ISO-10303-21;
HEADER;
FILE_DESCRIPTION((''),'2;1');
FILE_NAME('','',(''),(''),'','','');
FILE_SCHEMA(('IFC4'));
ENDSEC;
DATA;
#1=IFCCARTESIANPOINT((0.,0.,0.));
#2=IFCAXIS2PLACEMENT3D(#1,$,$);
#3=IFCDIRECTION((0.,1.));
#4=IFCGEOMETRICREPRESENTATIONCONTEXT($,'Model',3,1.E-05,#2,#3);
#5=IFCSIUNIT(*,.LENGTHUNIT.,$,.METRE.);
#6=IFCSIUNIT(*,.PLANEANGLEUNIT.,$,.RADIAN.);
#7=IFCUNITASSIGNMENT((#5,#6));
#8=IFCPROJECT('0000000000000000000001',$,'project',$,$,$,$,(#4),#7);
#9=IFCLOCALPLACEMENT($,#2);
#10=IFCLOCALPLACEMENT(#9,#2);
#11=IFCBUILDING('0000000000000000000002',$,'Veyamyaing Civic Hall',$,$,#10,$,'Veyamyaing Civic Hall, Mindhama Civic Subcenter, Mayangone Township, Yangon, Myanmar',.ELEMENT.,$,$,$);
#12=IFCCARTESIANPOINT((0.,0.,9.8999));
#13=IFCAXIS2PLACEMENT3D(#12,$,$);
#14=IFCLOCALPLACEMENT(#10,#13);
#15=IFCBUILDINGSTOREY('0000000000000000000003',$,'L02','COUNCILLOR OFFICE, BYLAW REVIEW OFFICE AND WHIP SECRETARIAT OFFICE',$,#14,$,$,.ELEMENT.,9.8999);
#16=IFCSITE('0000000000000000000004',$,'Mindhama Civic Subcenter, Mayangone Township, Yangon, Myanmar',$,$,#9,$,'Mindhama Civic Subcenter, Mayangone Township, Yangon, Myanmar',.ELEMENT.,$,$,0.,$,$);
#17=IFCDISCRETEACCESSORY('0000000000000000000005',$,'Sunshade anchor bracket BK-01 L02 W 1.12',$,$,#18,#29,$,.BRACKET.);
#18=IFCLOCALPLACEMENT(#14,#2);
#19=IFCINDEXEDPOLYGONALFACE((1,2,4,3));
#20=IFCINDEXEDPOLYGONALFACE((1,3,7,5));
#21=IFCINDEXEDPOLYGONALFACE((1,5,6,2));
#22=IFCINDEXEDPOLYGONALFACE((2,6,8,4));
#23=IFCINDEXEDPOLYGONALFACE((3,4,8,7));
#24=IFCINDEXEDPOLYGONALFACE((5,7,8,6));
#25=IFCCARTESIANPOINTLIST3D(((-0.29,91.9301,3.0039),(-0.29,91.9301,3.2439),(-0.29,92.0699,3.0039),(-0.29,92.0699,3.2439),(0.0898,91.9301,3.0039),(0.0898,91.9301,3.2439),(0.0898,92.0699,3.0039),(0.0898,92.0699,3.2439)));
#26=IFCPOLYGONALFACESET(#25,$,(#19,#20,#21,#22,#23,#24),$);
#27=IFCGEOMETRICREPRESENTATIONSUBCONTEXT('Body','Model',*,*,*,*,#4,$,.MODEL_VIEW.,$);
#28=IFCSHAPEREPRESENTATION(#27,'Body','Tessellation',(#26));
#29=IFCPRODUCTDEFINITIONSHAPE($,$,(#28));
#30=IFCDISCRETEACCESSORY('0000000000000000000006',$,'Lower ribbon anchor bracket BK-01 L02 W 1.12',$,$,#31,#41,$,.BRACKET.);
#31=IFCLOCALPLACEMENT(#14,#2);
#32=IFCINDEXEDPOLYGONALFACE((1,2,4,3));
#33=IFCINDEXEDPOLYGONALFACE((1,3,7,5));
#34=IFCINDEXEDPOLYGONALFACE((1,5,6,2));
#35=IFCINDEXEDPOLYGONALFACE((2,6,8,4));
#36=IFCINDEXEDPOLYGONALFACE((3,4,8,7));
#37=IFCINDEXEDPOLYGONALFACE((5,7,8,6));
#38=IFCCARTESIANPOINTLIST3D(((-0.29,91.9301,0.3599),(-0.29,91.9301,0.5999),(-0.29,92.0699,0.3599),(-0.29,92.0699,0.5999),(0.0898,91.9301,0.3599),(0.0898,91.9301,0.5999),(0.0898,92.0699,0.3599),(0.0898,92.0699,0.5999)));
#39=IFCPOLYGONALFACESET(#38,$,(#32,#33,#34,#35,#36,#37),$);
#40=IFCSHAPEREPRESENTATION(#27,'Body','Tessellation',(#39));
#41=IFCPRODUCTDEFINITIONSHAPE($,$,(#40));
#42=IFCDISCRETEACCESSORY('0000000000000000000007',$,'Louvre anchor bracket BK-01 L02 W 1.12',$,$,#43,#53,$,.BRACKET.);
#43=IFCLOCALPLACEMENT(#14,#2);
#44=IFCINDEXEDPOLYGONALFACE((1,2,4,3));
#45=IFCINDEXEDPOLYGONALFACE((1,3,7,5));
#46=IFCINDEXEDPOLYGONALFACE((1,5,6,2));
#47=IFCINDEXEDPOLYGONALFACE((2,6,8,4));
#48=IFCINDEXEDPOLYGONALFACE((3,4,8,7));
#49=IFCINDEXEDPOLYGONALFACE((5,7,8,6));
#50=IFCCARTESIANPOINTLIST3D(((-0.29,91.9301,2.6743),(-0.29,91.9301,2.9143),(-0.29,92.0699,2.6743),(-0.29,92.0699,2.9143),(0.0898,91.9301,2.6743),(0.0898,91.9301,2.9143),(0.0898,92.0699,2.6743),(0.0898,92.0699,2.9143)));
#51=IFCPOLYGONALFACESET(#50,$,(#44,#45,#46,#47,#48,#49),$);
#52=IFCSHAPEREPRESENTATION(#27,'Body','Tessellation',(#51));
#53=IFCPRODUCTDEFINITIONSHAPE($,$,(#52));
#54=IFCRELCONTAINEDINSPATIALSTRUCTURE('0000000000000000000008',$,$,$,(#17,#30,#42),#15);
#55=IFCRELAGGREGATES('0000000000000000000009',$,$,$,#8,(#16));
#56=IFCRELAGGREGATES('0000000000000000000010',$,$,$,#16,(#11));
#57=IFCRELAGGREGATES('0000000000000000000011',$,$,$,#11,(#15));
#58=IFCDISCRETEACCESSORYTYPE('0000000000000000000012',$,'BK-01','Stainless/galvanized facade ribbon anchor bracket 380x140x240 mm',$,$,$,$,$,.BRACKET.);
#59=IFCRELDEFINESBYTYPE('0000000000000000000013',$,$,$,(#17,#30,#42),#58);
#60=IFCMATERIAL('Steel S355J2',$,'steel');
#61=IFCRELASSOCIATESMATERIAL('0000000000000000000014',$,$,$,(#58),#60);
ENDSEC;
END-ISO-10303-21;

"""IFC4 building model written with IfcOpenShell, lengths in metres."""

from ifc_helpers import new_model, si_unit, direction, frame, origin, origin_2d, place, context, subcontext, project, spatial, rectangle, extrude, material, type_object, element, save


model = new_model("IFC4")

# Units and contexts
model_context = context("Model", 3, precision=1e-05, world=origin(), true_north=direction((0.0, 1.0)))
body_context = subcontext(model_context, "Body", "Model", "MODEL_VIEW")
ifc_project = project(units=[si_unit("LENGTHUNIT", "METRE"), si_unit("PLANEANGLEUNIT", "RADIAN")], contexts=[model_context])

# Site, building, storey
site_placement = place(None, origin())
site = spatial("IfcSite", under=ifc_project, at=site_placement, Name="Mindhama Civic Subcenter, Mayangone Township, Yangon, Myanmar", LongName="Mindhama Civic Subcenter, Mayangone Township, Yangon, Myanmar", CompositionType="ELEMENT", RefElevation=0.0)
building_placement = place(site_placement, origin())
building = spatial("IfcBuilding", under=site, at=building_placement, Name="Veyamyaing Civic Hall", LongName="Veyamyaing Civic Hall, Mindhama Civic Subcenter, Mayangone Township, Yangon, Myanmar", CompositionType="ELEMENT")
storey_placement = place(building_placement, frame((0.0, 0.0, 9.8999)))
storey = spatial("IfcBuildingStorey", under=building, at=storey_placement, Name="L02", Description="COUNCILLOR OFFICE, BYLAW REVIEW OFFICE AND WHIP SECRETARIAT OFFICE", CompositionType="ELEMENT", Elevation=9.8999)

# Shared definitions
ifc_material_1 = material(Name="Steel S355J2", Category="steel")

# Discrete accessories
discrete_accessory_type = type_object("IfcDiscreteAccessoryType", Name="BK-01", Description="Stainless/galvanized facade ribbon anchor bracket 380x140x240 mm", PredefinedType="BRACKET", material=ifc_material_1)
for number, where, z_axis, x_axis, name in (
    (1, (-0.1001, 92.0, 3.0039), (0.0, 0.0, 1.0), (-1.0, 0.0, 0.0), "Sunshade anchor bracket BK-01 L02 W 1.12"),
    (2, (-0.1001, 92.0, 0.3599), (0.0, 0.0, 1.0), (-1.0, 0.0, 0.0), "Lower ribbon anchor bracket BK-01 L02 W 1.12"),
    (3, (-0.1001, 92.0, 2.6743), (0.0, 0.0, 1.0), (-1.0, 0.0, 0.0), "Louvre anchor bracket BK-01 L02 W 1.12"),
):
    element("IfcDiscreteAccessory", number, at=place(storey_placement, frame(where, z_axis=z_axis, x_axis=x_axis)), inside=storey, type_object=discrete_accessory_type, Name=name, PredefinedType="BRACKET", context=body_context, shape_type="SweptSolid", body=[
        extrude(rectangle(XDim=0.3799, YDim=0.1399, at=origin_2d()), origin(), (0.0, 0.0, 1.0), 0.24),
    ])

save(model, "model.ifc")
